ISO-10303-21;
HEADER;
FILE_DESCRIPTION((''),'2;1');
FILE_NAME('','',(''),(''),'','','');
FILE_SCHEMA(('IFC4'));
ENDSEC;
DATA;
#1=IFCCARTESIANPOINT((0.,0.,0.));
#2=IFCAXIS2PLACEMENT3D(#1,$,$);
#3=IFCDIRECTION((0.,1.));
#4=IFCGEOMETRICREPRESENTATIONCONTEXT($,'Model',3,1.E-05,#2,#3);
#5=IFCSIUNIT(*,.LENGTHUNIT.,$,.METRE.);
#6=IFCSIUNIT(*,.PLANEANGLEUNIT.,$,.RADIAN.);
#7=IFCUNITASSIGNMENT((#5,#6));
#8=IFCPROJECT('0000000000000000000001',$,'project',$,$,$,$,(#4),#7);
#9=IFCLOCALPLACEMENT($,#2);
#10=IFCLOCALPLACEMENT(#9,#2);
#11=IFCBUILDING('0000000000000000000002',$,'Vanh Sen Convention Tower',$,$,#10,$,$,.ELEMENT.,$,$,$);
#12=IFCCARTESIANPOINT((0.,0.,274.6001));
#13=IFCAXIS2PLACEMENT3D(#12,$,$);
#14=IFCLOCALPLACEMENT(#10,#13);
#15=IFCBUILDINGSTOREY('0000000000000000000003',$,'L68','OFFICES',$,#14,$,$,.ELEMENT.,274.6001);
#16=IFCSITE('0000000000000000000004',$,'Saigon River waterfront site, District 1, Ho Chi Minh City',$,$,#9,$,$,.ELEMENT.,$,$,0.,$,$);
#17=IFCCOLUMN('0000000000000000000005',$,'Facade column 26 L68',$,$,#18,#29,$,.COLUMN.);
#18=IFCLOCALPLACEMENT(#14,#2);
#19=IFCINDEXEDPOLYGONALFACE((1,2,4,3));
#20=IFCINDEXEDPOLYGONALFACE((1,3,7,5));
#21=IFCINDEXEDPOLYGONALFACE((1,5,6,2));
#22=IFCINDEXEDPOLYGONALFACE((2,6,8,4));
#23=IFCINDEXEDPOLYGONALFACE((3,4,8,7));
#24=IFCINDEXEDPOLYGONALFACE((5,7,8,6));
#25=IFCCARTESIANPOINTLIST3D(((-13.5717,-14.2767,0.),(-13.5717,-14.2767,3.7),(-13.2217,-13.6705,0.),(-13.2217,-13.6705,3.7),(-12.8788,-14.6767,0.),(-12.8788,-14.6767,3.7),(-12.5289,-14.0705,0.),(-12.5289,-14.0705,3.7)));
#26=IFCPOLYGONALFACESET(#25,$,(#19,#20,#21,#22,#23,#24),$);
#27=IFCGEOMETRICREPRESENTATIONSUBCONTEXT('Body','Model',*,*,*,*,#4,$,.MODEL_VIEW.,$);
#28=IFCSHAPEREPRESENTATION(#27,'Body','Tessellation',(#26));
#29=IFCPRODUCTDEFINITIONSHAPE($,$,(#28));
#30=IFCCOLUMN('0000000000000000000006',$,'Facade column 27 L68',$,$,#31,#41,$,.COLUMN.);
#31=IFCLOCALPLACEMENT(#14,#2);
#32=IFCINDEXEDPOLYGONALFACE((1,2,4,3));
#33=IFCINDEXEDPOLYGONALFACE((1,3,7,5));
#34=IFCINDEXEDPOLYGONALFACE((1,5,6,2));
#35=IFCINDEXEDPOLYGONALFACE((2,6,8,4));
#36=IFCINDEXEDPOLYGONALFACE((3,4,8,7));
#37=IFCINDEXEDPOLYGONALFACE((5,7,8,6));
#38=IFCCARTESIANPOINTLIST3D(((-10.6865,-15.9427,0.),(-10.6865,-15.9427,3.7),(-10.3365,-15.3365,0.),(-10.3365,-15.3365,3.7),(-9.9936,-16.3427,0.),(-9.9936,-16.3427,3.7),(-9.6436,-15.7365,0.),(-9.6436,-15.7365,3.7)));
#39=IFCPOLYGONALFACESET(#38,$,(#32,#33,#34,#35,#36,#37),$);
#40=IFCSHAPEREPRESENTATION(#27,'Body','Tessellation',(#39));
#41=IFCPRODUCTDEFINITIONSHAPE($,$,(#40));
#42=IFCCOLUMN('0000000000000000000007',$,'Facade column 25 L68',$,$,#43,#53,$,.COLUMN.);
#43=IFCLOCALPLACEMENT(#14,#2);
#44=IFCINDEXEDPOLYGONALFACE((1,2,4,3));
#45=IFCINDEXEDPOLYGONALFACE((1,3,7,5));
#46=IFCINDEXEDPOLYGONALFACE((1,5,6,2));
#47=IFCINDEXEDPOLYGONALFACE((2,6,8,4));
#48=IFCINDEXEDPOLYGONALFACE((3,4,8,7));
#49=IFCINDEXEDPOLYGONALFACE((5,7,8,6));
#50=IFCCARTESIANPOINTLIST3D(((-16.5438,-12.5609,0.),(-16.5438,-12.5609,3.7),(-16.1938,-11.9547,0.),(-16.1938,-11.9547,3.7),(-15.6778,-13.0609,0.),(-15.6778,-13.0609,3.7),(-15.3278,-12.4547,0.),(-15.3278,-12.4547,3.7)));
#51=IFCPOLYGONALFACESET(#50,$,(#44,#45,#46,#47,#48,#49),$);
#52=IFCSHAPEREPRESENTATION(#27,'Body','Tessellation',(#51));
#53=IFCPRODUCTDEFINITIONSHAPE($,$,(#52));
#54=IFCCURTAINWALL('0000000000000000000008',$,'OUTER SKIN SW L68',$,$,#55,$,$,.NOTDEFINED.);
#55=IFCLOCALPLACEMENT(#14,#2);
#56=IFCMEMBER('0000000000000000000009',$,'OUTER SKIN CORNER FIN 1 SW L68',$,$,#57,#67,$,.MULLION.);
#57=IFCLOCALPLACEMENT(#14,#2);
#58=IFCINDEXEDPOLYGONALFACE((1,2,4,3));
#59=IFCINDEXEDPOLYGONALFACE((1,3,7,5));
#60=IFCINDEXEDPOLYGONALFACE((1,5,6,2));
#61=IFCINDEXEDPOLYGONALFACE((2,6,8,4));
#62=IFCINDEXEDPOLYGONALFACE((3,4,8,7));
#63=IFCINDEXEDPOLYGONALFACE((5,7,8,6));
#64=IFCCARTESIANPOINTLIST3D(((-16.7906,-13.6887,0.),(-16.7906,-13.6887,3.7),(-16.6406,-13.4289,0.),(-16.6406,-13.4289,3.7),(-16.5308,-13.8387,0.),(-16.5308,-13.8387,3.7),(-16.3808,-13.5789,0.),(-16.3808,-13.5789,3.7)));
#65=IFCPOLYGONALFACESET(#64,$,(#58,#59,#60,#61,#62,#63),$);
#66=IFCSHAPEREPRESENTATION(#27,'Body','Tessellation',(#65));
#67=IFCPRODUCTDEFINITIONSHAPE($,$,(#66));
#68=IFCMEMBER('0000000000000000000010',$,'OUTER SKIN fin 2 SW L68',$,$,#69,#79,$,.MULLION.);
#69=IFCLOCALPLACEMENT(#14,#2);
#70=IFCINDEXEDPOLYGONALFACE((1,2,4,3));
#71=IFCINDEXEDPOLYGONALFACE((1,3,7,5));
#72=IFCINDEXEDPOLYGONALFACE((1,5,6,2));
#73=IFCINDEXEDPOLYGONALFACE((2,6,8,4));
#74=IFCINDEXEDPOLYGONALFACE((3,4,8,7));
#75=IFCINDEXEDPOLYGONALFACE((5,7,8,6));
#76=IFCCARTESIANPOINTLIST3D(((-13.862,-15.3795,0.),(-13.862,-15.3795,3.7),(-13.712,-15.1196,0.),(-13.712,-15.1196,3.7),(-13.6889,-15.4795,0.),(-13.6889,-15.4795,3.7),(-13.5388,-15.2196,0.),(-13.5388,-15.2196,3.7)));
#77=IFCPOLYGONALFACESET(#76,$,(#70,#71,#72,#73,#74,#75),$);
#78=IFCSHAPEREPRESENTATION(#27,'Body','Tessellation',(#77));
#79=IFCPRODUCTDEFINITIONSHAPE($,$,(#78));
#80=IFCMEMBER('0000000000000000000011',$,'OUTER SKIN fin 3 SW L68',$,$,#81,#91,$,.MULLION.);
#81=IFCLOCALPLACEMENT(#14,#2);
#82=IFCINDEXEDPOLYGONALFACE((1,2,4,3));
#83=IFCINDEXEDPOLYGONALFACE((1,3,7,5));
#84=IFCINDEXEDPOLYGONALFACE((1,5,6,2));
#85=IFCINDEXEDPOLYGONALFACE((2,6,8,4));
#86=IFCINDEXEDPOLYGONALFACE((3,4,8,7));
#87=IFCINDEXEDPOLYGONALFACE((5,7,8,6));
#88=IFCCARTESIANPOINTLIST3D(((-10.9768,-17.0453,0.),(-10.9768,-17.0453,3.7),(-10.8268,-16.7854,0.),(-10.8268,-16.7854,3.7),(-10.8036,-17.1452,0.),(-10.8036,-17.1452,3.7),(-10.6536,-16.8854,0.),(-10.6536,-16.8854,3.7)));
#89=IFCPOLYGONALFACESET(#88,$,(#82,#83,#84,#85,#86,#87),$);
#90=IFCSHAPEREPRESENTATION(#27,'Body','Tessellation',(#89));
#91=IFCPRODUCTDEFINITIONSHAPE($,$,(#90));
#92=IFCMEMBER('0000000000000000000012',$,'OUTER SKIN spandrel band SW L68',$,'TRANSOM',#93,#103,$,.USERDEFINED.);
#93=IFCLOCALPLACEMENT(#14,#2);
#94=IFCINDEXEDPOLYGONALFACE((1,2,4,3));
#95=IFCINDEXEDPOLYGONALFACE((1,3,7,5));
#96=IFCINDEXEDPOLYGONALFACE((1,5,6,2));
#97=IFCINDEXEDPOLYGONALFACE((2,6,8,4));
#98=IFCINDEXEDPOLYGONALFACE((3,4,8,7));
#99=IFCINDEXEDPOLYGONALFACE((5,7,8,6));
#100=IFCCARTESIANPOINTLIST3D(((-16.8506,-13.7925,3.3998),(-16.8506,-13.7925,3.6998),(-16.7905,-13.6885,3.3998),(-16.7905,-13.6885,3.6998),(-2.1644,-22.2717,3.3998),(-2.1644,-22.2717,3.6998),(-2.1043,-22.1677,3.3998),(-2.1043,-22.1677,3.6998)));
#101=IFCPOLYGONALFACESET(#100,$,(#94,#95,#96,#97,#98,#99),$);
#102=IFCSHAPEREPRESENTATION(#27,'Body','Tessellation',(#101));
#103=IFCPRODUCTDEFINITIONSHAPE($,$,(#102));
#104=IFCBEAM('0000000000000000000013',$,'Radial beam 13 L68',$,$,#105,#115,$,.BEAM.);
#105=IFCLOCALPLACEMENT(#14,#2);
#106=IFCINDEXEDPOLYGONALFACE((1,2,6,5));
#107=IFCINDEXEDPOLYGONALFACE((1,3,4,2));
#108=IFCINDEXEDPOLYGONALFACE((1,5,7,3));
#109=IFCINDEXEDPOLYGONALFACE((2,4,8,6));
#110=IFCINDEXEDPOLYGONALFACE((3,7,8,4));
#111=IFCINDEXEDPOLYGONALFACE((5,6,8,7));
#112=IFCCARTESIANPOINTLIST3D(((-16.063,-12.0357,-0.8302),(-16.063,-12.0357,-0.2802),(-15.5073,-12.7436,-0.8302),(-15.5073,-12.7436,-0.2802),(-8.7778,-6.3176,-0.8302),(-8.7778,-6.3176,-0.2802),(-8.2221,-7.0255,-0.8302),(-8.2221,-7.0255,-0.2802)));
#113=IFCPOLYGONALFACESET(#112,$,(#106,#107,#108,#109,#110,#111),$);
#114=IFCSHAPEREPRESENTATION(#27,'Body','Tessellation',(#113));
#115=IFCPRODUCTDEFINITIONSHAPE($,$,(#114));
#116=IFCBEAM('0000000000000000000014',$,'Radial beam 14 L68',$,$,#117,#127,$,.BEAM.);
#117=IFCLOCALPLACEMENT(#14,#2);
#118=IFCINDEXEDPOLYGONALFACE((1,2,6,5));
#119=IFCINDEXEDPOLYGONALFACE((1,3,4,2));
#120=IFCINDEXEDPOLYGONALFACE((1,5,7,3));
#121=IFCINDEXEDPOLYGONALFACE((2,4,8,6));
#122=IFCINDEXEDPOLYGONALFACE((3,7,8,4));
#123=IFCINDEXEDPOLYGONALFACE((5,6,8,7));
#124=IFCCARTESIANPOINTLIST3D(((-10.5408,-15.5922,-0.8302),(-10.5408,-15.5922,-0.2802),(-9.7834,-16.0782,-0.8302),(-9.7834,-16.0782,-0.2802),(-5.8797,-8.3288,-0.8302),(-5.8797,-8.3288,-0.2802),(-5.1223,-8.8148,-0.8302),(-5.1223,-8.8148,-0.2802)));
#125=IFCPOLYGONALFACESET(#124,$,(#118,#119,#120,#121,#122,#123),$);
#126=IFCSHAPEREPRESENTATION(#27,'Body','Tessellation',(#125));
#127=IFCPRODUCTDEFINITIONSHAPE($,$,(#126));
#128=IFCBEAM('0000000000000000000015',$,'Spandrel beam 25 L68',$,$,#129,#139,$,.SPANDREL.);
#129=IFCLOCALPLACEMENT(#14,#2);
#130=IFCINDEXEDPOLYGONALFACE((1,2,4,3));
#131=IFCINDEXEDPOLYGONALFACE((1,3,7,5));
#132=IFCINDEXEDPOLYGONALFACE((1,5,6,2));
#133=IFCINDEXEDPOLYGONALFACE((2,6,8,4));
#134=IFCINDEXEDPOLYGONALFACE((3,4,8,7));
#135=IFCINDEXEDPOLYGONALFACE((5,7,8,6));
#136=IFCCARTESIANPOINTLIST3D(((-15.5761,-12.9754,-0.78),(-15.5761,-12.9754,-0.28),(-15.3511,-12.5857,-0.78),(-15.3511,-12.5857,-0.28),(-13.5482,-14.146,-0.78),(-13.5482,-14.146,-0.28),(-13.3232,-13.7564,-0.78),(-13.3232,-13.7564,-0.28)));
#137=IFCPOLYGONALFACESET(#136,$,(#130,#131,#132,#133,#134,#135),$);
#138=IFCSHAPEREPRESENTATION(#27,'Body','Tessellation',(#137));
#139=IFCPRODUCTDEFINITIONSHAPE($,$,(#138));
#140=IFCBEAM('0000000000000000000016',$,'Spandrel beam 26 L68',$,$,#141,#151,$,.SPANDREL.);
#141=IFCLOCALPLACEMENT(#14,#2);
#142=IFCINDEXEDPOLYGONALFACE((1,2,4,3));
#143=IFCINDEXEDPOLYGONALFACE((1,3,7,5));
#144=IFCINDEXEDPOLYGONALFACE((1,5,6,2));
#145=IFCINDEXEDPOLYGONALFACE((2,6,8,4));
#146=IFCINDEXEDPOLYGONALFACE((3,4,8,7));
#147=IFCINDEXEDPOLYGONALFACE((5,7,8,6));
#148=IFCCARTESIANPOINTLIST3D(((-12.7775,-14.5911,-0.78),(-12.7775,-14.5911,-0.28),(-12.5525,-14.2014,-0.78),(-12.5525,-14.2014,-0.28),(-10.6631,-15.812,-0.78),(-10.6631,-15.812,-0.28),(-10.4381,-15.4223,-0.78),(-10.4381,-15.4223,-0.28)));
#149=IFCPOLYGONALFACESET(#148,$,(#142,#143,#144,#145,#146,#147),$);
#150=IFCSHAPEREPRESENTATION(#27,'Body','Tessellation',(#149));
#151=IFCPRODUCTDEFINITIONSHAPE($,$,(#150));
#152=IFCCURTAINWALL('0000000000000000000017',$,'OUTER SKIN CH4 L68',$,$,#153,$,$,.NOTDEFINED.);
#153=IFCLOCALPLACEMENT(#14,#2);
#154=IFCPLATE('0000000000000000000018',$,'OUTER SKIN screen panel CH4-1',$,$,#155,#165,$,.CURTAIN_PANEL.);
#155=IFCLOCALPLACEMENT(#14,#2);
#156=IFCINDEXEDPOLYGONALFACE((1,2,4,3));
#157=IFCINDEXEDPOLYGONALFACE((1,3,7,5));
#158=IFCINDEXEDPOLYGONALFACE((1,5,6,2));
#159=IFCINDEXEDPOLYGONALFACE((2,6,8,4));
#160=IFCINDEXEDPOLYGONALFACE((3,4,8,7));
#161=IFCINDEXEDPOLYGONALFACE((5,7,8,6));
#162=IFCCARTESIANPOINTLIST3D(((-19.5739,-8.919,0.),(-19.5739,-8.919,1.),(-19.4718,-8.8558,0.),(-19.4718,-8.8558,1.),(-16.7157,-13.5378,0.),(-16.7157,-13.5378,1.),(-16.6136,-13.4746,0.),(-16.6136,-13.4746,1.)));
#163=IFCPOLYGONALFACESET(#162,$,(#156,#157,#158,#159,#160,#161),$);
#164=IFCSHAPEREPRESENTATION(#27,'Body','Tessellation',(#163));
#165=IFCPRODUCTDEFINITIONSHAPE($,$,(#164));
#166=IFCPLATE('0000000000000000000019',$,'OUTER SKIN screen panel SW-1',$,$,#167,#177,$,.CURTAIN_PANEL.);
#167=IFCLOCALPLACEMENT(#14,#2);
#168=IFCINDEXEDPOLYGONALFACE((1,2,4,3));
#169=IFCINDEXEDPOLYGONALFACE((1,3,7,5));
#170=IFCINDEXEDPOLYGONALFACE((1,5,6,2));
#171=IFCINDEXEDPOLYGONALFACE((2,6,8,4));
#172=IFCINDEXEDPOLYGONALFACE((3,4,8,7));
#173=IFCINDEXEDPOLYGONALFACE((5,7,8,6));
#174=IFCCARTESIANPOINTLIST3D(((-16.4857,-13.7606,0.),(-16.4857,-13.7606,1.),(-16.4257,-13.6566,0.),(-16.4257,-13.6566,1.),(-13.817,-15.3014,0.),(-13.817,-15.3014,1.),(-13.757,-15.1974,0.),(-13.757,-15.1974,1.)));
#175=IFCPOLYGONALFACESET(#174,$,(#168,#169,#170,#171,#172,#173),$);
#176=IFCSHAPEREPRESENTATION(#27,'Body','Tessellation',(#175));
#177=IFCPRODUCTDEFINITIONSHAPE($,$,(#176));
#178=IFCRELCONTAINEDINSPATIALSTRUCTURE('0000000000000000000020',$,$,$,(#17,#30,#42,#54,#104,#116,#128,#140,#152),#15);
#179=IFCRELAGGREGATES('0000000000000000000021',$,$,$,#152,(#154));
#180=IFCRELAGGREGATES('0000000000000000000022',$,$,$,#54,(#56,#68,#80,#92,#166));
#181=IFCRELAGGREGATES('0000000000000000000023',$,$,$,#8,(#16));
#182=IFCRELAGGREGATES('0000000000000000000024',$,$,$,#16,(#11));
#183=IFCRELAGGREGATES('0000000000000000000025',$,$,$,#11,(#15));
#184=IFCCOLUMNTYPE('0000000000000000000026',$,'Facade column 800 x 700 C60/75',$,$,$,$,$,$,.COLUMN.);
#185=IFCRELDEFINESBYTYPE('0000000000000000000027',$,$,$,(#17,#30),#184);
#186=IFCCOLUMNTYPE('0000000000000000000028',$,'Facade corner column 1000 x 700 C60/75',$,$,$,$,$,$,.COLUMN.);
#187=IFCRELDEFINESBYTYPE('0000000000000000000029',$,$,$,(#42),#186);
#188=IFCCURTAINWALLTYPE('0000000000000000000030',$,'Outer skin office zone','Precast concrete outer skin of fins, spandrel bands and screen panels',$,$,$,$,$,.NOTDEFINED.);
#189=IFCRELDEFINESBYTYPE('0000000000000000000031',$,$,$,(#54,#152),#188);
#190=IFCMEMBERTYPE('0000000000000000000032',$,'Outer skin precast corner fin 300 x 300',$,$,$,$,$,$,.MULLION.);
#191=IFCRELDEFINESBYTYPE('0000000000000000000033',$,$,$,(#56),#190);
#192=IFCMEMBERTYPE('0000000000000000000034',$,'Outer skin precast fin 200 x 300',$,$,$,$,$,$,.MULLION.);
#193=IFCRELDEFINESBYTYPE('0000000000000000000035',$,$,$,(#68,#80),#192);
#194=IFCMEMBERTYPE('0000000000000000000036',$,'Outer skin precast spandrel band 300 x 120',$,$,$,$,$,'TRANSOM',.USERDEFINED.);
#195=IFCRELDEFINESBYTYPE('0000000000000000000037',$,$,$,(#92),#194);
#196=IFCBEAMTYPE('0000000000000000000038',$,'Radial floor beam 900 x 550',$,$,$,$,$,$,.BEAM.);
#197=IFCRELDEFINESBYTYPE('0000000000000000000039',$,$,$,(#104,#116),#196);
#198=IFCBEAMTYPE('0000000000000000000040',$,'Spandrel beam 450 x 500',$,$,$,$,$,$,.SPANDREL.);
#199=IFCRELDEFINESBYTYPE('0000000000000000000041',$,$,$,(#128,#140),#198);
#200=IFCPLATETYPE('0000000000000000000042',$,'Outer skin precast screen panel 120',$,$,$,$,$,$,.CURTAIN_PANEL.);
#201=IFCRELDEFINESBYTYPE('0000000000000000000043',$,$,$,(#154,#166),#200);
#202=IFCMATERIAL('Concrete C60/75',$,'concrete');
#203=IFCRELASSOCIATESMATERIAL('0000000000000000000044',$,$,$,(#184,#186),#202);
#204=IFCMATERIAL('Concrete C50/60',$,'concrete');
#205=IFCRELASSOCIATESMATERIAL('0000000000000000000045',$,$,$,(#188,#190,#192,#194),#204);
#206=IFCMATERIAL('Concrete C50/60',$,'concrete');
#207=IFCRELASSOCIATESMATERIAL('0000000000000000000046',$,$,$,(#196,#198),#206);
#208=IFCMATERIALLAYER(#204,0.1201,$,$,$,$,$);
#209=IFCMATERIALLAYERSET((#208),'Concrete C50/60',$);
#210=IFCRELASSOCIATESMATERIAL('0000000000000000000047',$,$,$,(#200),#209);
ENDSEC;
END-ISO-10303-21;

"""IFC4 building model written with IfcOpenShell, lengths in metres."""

from ifc_helpers import new_model, si_unit, direction, frame, origin, origin_2d, place, context, subcontext, project, spatial, rectangle, extrude, material, layer, layer_set, material_profile, profile_set, type_object, element, aggregate, save


model = new_model("IFC4")

# Units and contexts
model_context = context("Model", 3, precision=1e-05, world=origin(), true_north=direction((0.0, 1.0)))
body_context = subcontext(model_context, "Body", "Model", "MODEL_VIEW")
ifc_project = project(units=[si_unit("LENGTHUNIT", "METRE"), si_unit("PLANEANGLEUNIT", "RADIAN")], contexts=[model_context])

# Site, building, storey
site_placement = place(None, origin())
site = spatial("IfcSite", under=ifc_project, at=site_placement, Name="Saigon River waterfront site, District 1, Ho Chi Minh City", CompositionType="ELEMENT", RefElevation=0.0)
building_placement = place(site_placement, origin())
building = spatial("IfcBuilding", under=site, at=building_placement, Name="Vanh Sen Convention Tower", CompositionType="ELEMENT")
storey_placement = place(building_placement, frame((0.0, 0.0, 274.6001)))
storey = spatial("IfcBuildingStorey", under=building, at=storey_placement, Name="L68", Description="OFFICES", CompositionType="ELEMENT", Elevation=274.6001)

# Columns
ifc_material_1 = material(Name="Concrete C60/75", Category="concrete")
ifc_material_profile_1 = material_profile(ifc_material_1, rectangle(XDim=0.8, YDim=0.7, at=origin_2d()), Name="RC 800X700")
ifc_profile_set_1 = profile_set([ifc_material_profile_1], Name="Concrete C60/75")
column_type_1 = type_object("IfcColumnType", Name="Facade column 800 x 700 C60/75", PredefinedType="COLUMN", material=ifc_profile_set_1)
for number, where, z_axis, x_axis, name in (
    (1, (-13.0503, -14.1736, 0.0), (0.0, 0.0, 1.0), (0.866025, -0.5, 0.0), "Facade column 26 L68"),
    (2, (-10.165, -15.8396, 0.0), (0.0, 0.0, 1.0), (0.866025, -0.5, 0.0), "Facade column 27 L68"),
):
    element("IfcColumn", number, at=place(storey_placement, frame(where, z_axis=z_axis, x_axis=x_axis)), inside=storey, type_object=column_type_1, Name=name, PredefinedType="COLUMN", context=body_context, shape_type="SweptSolid", body=[
        extrude(rectangle(XDim=0.8, YDim=0.7, at=origin_2d()), origin(), (0.0, 0.0, 1.0), 3.7),
    ])
ifc_material_profile_2 = material_profile(ifc_material_1, rectangle(XDim=1.0, YDim=0.7, at=origin_2d()), Name="RC 1000X700")
ifc_profile_set_2 = profile_set([ifc_material_profile_2], Name="Concrete C60/75")
column_type_2 = type_object("IfcColumnType", Name="Facade corner column 1000 x 700 C60/75", PredefinedType="COLUMN", material=ifc_profile_set_2)
column_placement = place(storey_placement, frame((-15.9358, -12.5078, 0.0), z_axis=(0.0, 0.0, 1.0), x_axis=(0.866025, -0.5, 0.0)))
element("IfcColumn", 3, at=column_placement, inside=storey, type_object=column_type_2, Name="Facade column 25 L68", PredefinedType="COLUMN", context=body_context, shape_type="SweptSolid", body=[
    extrude(rectangle(XDim=1.0, YDim=0.7, at=origin_2d()), origin(), (0.0, 0.0, 1.0), 3.7),
])

# Curtain wall, members
ifc_material_2 = material(Name="Concrete C50/60", Category="concrete")
curtain_wall_type = type_object("IfcCurtainWallType", Name="Outer skin office zone", Description="Precast concrete outer skin of fins, spandrel bands and screen panels", PredefinedType="NOTDEFINED", material=ifc_material_2)
curtain_wall_1_placement = place(storey_placement, origin())
curtain_wall_1 = element("IfcCurtainWall", 4, at=curtain_wall_1_placement, inside=storey, type_object=curtain_wall_type, Name="OUTER SKIN SW L68", PredefinedType="NOTDEFINED")
ifc_material_profile_3 = material_profile(ifc_material_2, rectangle(XDim=0.3, YDim=0.3, at=origin_2d()), Name="Outer skin precast corner fin 300 x 300")
ifc_profile_set_3 = profile_set([ifc_material_profile_3], Name="Concrete C50/60")
member_type_1 = type_object("IfcMemberType", Name="Outer skin precast corner fin 300 x 300", PredefinedType="MULLION", material=ifc_profile_set_3)
member_1_placement = place(storey_placement, frame((-16.5857, -13.6338, 0.0), z_axis=(0.0, 0.0, 1.0), x_axis=(0.866025, -0.5, 0.0)))
member_1 = element("IfcMember", 5, at=member_1_placement, type_object=member_type_1, Name="OUTER SKIN CORNER FIN 1 SW L68", PredefinedType="MULLION", context=body_context, shape_type="SweptSolid", body=[
    extrude(rectangle(XDim=0.3, YDim=0.3, at=origin_2d()), origin(), (0.0, 0.0, 1.0), 3.7),
])
ifc_material_profile_4 = material_profile(ifc_material_2, rectangle(XDim=0.2, YDim=0.3, at=origin_2d()), Name="Outer skin precast fin 200 x 300")
ifc_profile_set_4 = profile_set([ifc_material_profile_4], Name="Concrete C50/60")
member_type_2 = type_object("IfcMemberType", Name="Outer skin precast fin 200 x 300", PredefinedType="MULLION", material=ifc_profile_set_4)
member_2_placement = place(storey_placement, frame((-13.7004, -15.2996, 0.0), z_axis=(0.0, 0.0, 1.0), x_axis=(0.866025, -0.5, 0.0)))
member_2 = element("IfcMember", 6, at=member_2_placement, type_object=member_type_2, Name="OUTER SKIN fin 2 SW L68", PredefinedType="MULLION", context=body_context, shape_type="SweptSolid", body=[
    extrude(rectangle(XDim=0.2, YDim=0.3, at=origin_2d()), origin(), (0.0, 0.0, 1.0), 3.7),
])
member_3_placement = place(storey_placement, frame((-10.8152, -16.9653, 0.0), z_axis=(0.0, 0.0, 1.0), x_axis=(0.866025, -0.5, 0.0)))
member_3 = element("IfcMember", 7, at=member_3_placement, type_object=member_type_2, Name="OUTER SKIN fin 3 SW L68", PredefinedType="MULLION", context=body_context, shape_type="SweptSolid", body=[
    extrude(rectangle(XDim=0.2, YDim=0.3, at=origin_2d()), origin(), (0.0, 0.0, 1.0), 3.7),
])
ifc_material_profile_5 = material_profile(ifc_material_2, rectangle(XDim=0.1201, YDim=0.3, at=origin_2d()), Name="Outer skin precast spandrel band 300 x 120")
ifc_profile_set_5 = profile_set([ifc_material_profile_5], Name="Concrete C50/60")
member_type_3 = type_object("IfcMemberType", Name="Outer skin precast spandrel band 300 x 120", ElementType="TRANSOM", PredefinedType="USERDEFINED", material=ifc_profile_set_5)
member_4_placement = place(storey_placement, frame((-16.8206, -13.7405, 3.5498), z_axis=(0.866022, -0.500005, 0.0), x_axis=(0.500005, 0.866022, 0.0)))
member_4 = element("IfcMember", 8, at=member_4_placement, type_object=member_type_3, Name="OUTER SKIN spandrel band SW L68", ObjectType="TRANSOM", PredefinedType="USERDEFINED", context=body_context, shape_type="SweptSolid", body=[
    extrude(rectangle(XDim=0.1201, YDim=0.3, at=origin_2d()), origin(), (0.0, 0.0, 1.0), 16.9583),
])

# Beams
ifc_material_3 = material(Name="Concrete C50/60", Category="concrete")
ifc_material_profile_6 = material_profile(ifc_material_3, rectangle(XDim=0.8999, YDim=0.55, at=origin_2d()), Name="RC 900X550")
ifc_profile_set_6 = profile_set([ifc_material_profile_6], Name="Concrete C50/60")
beam_type_1 = type_object("IfcBeamType", Name="Radial floor beam 900 x 550", PredefinedType="BEAM", material=ifc_profile_set_6)
beam_1_placement = place(storey_placement, frame((-15.7852, -12.3896, -0.5552), z_axis=(0.786635, 0.617419, 0.0), x_axis=(-0.617419, 0.786635, 0.0)))
element("IfcBeam", 9, at=beam_1_placement, inside=storey, type_object=beam_type_1, Name="Radial beam 13 L68", PredefinedType="BEAM", context=body_context, shape_type="SweptSolid", body=[
    extrude(rectangle(XDim=0.8999, YDim=0.55, at=origin_2d()), origin(), (0.0, 0.0, 1.0), 9.2612),
])
beam_2_placement = place(storey_placement, frame((-10.1621, -15.8352, -0.5552), z_axis=(0.540084, 0.841611, 0.0), x_axis=(-0.841611, 0.540084, 0.0)))
element("IfcBeam", 10, at=beam_2_placement, inside=storey, type_object=beam_type_1, Name="Radial beam 14 L68", PredefinedType="BEAM", context=body_context, shape_type="SweptSolid", body=[
    extrude(rectangle(XDim=0.8999, YDim=0.55, at=origin_2d()), origin(), (0.0, 0.0, 1.0), 8.6304),
])
ifc_material_profile_7 = material_profile(ifc_material_3, rectangle(XDim=0.45, YDim=0.5, at=origin_2d()), Name="RC 450X500")
ifc_profile_set_7 = profile_set([ifc_material_profile_7], Name="Concrete C50/60")
beam_type_2 = type_object("IfcBeamType", Name="Spandrel beam 450 x 500", PredefinedType="SPANDREL", material=ifc_profile_set_7)
beam_3_placement = place(storey_placement, frame((-15.4636, -12.7805, -0.53), z_axis=(0.866047, -0.499963, 0.0), x_axis=(0.499963, 0.866047, 0.0)))
element("IfcBeam", 11, at=beam_3_placement, inside=storey, type_object=beam_type_2, Name="Spandrel beam 25 L68", PredefinedType="SPANDREL", context=body_context, shape_type="SweptSolid", body=[
    extrude(rectangle(XDim=0.45, YDim=0.5, at=origin_2d()), origin(), (0.0, 0.0, 1.0), 2.3416),
])
beam_4_placement = place(storey_placement, frame((-12.665, -14.3962, -0.53), z_axis=(0.866001, -0.500043, 0.0), x_axis=(0.500043, 0.866001, 0.0)))
element("IfcBeam", 12, at=beam_4_placement, inside=storey, type_object=beam_type_2, Name="Spandrel beam 26 L68", PredefinedType="SPANDREL", context=body_context, shape_type="SweptSolid", body=[
    extrude(rectangle(XDim=0.45, YDim=0.5, at=origin_2d()), origin(), (0.0, 0.0, 1.0), 2.4417),
])

# Curtain wall, plate
curtain_wall_2_placement = place(storey_placement, origin())
curtain_wall_2 = element("IfcCurtainWall", 13, at=curtain_wall_2_placement, inside=storey, type_object=curtain_wall_type, Name="OUTER SKIN CH4 L68", PredefinedType="NOTDEFINED")
ifc_layer_1 = layer(ifc_material_2, 0.1201)
ifc_layer_set_1 = layer_set([ifc_layer_1], Name="Concrete C50/60")
plate_type = type_object("IfcPlateType", Name="Outer skin precast screen panel 120", PredefinedType="CURTAIN_PANEL", material=ifc_layer_set_1)
plate_1_placement = place(storey_placement, frame((-18.0938, -11.1968, 0.0), z_axis=(0.0, 0.0, 1.0), x_axis=(0.526211, -0.850354, 0.0)))
plate_1 = element("IfcPlate", 14, at=plate_1_placement, type_object=plate_type, Name="OUTER SKIN screen panel CH4-1", PredefinedType="CURTAIN_PANEL", context=body_context, shape_type="SweptSolid", body=[
    extrude(rectangle(XDim=5.4316, YDim=0.1201, at=origin_2d()), origin(), (0.0, 0.0, 1.0), 1.0),
])
aggregate(curtain_wall_2, [plate_1])

# Plate
plate_2_placement = place(storey_placement, frame((-15.1213, -14.479, 0.0), z_axis=(0.0, 0.0, 1.0), x_axis=(0.866029, -0.499994, 0.0)))
plate_2 = element("IfcPlate", 15, at=plate_2_placement, type_object=plate_type, Name="OUTER SKIN screen panel SW-1", PredefinedType="CURTAIN_PANEL", context=body_context, shape_type="SweptSolid", body=[
    extrude(rectangle(XDim=3.0815, YDim=0.1201, at=origin_2d()), origin(), (0.0, 0.0, 1.0), 1.0),
])
aggregate(curtain_wall_1, [member_1, member_2, member_3, member_4, plate_2])

save(model, "model.ifc")
